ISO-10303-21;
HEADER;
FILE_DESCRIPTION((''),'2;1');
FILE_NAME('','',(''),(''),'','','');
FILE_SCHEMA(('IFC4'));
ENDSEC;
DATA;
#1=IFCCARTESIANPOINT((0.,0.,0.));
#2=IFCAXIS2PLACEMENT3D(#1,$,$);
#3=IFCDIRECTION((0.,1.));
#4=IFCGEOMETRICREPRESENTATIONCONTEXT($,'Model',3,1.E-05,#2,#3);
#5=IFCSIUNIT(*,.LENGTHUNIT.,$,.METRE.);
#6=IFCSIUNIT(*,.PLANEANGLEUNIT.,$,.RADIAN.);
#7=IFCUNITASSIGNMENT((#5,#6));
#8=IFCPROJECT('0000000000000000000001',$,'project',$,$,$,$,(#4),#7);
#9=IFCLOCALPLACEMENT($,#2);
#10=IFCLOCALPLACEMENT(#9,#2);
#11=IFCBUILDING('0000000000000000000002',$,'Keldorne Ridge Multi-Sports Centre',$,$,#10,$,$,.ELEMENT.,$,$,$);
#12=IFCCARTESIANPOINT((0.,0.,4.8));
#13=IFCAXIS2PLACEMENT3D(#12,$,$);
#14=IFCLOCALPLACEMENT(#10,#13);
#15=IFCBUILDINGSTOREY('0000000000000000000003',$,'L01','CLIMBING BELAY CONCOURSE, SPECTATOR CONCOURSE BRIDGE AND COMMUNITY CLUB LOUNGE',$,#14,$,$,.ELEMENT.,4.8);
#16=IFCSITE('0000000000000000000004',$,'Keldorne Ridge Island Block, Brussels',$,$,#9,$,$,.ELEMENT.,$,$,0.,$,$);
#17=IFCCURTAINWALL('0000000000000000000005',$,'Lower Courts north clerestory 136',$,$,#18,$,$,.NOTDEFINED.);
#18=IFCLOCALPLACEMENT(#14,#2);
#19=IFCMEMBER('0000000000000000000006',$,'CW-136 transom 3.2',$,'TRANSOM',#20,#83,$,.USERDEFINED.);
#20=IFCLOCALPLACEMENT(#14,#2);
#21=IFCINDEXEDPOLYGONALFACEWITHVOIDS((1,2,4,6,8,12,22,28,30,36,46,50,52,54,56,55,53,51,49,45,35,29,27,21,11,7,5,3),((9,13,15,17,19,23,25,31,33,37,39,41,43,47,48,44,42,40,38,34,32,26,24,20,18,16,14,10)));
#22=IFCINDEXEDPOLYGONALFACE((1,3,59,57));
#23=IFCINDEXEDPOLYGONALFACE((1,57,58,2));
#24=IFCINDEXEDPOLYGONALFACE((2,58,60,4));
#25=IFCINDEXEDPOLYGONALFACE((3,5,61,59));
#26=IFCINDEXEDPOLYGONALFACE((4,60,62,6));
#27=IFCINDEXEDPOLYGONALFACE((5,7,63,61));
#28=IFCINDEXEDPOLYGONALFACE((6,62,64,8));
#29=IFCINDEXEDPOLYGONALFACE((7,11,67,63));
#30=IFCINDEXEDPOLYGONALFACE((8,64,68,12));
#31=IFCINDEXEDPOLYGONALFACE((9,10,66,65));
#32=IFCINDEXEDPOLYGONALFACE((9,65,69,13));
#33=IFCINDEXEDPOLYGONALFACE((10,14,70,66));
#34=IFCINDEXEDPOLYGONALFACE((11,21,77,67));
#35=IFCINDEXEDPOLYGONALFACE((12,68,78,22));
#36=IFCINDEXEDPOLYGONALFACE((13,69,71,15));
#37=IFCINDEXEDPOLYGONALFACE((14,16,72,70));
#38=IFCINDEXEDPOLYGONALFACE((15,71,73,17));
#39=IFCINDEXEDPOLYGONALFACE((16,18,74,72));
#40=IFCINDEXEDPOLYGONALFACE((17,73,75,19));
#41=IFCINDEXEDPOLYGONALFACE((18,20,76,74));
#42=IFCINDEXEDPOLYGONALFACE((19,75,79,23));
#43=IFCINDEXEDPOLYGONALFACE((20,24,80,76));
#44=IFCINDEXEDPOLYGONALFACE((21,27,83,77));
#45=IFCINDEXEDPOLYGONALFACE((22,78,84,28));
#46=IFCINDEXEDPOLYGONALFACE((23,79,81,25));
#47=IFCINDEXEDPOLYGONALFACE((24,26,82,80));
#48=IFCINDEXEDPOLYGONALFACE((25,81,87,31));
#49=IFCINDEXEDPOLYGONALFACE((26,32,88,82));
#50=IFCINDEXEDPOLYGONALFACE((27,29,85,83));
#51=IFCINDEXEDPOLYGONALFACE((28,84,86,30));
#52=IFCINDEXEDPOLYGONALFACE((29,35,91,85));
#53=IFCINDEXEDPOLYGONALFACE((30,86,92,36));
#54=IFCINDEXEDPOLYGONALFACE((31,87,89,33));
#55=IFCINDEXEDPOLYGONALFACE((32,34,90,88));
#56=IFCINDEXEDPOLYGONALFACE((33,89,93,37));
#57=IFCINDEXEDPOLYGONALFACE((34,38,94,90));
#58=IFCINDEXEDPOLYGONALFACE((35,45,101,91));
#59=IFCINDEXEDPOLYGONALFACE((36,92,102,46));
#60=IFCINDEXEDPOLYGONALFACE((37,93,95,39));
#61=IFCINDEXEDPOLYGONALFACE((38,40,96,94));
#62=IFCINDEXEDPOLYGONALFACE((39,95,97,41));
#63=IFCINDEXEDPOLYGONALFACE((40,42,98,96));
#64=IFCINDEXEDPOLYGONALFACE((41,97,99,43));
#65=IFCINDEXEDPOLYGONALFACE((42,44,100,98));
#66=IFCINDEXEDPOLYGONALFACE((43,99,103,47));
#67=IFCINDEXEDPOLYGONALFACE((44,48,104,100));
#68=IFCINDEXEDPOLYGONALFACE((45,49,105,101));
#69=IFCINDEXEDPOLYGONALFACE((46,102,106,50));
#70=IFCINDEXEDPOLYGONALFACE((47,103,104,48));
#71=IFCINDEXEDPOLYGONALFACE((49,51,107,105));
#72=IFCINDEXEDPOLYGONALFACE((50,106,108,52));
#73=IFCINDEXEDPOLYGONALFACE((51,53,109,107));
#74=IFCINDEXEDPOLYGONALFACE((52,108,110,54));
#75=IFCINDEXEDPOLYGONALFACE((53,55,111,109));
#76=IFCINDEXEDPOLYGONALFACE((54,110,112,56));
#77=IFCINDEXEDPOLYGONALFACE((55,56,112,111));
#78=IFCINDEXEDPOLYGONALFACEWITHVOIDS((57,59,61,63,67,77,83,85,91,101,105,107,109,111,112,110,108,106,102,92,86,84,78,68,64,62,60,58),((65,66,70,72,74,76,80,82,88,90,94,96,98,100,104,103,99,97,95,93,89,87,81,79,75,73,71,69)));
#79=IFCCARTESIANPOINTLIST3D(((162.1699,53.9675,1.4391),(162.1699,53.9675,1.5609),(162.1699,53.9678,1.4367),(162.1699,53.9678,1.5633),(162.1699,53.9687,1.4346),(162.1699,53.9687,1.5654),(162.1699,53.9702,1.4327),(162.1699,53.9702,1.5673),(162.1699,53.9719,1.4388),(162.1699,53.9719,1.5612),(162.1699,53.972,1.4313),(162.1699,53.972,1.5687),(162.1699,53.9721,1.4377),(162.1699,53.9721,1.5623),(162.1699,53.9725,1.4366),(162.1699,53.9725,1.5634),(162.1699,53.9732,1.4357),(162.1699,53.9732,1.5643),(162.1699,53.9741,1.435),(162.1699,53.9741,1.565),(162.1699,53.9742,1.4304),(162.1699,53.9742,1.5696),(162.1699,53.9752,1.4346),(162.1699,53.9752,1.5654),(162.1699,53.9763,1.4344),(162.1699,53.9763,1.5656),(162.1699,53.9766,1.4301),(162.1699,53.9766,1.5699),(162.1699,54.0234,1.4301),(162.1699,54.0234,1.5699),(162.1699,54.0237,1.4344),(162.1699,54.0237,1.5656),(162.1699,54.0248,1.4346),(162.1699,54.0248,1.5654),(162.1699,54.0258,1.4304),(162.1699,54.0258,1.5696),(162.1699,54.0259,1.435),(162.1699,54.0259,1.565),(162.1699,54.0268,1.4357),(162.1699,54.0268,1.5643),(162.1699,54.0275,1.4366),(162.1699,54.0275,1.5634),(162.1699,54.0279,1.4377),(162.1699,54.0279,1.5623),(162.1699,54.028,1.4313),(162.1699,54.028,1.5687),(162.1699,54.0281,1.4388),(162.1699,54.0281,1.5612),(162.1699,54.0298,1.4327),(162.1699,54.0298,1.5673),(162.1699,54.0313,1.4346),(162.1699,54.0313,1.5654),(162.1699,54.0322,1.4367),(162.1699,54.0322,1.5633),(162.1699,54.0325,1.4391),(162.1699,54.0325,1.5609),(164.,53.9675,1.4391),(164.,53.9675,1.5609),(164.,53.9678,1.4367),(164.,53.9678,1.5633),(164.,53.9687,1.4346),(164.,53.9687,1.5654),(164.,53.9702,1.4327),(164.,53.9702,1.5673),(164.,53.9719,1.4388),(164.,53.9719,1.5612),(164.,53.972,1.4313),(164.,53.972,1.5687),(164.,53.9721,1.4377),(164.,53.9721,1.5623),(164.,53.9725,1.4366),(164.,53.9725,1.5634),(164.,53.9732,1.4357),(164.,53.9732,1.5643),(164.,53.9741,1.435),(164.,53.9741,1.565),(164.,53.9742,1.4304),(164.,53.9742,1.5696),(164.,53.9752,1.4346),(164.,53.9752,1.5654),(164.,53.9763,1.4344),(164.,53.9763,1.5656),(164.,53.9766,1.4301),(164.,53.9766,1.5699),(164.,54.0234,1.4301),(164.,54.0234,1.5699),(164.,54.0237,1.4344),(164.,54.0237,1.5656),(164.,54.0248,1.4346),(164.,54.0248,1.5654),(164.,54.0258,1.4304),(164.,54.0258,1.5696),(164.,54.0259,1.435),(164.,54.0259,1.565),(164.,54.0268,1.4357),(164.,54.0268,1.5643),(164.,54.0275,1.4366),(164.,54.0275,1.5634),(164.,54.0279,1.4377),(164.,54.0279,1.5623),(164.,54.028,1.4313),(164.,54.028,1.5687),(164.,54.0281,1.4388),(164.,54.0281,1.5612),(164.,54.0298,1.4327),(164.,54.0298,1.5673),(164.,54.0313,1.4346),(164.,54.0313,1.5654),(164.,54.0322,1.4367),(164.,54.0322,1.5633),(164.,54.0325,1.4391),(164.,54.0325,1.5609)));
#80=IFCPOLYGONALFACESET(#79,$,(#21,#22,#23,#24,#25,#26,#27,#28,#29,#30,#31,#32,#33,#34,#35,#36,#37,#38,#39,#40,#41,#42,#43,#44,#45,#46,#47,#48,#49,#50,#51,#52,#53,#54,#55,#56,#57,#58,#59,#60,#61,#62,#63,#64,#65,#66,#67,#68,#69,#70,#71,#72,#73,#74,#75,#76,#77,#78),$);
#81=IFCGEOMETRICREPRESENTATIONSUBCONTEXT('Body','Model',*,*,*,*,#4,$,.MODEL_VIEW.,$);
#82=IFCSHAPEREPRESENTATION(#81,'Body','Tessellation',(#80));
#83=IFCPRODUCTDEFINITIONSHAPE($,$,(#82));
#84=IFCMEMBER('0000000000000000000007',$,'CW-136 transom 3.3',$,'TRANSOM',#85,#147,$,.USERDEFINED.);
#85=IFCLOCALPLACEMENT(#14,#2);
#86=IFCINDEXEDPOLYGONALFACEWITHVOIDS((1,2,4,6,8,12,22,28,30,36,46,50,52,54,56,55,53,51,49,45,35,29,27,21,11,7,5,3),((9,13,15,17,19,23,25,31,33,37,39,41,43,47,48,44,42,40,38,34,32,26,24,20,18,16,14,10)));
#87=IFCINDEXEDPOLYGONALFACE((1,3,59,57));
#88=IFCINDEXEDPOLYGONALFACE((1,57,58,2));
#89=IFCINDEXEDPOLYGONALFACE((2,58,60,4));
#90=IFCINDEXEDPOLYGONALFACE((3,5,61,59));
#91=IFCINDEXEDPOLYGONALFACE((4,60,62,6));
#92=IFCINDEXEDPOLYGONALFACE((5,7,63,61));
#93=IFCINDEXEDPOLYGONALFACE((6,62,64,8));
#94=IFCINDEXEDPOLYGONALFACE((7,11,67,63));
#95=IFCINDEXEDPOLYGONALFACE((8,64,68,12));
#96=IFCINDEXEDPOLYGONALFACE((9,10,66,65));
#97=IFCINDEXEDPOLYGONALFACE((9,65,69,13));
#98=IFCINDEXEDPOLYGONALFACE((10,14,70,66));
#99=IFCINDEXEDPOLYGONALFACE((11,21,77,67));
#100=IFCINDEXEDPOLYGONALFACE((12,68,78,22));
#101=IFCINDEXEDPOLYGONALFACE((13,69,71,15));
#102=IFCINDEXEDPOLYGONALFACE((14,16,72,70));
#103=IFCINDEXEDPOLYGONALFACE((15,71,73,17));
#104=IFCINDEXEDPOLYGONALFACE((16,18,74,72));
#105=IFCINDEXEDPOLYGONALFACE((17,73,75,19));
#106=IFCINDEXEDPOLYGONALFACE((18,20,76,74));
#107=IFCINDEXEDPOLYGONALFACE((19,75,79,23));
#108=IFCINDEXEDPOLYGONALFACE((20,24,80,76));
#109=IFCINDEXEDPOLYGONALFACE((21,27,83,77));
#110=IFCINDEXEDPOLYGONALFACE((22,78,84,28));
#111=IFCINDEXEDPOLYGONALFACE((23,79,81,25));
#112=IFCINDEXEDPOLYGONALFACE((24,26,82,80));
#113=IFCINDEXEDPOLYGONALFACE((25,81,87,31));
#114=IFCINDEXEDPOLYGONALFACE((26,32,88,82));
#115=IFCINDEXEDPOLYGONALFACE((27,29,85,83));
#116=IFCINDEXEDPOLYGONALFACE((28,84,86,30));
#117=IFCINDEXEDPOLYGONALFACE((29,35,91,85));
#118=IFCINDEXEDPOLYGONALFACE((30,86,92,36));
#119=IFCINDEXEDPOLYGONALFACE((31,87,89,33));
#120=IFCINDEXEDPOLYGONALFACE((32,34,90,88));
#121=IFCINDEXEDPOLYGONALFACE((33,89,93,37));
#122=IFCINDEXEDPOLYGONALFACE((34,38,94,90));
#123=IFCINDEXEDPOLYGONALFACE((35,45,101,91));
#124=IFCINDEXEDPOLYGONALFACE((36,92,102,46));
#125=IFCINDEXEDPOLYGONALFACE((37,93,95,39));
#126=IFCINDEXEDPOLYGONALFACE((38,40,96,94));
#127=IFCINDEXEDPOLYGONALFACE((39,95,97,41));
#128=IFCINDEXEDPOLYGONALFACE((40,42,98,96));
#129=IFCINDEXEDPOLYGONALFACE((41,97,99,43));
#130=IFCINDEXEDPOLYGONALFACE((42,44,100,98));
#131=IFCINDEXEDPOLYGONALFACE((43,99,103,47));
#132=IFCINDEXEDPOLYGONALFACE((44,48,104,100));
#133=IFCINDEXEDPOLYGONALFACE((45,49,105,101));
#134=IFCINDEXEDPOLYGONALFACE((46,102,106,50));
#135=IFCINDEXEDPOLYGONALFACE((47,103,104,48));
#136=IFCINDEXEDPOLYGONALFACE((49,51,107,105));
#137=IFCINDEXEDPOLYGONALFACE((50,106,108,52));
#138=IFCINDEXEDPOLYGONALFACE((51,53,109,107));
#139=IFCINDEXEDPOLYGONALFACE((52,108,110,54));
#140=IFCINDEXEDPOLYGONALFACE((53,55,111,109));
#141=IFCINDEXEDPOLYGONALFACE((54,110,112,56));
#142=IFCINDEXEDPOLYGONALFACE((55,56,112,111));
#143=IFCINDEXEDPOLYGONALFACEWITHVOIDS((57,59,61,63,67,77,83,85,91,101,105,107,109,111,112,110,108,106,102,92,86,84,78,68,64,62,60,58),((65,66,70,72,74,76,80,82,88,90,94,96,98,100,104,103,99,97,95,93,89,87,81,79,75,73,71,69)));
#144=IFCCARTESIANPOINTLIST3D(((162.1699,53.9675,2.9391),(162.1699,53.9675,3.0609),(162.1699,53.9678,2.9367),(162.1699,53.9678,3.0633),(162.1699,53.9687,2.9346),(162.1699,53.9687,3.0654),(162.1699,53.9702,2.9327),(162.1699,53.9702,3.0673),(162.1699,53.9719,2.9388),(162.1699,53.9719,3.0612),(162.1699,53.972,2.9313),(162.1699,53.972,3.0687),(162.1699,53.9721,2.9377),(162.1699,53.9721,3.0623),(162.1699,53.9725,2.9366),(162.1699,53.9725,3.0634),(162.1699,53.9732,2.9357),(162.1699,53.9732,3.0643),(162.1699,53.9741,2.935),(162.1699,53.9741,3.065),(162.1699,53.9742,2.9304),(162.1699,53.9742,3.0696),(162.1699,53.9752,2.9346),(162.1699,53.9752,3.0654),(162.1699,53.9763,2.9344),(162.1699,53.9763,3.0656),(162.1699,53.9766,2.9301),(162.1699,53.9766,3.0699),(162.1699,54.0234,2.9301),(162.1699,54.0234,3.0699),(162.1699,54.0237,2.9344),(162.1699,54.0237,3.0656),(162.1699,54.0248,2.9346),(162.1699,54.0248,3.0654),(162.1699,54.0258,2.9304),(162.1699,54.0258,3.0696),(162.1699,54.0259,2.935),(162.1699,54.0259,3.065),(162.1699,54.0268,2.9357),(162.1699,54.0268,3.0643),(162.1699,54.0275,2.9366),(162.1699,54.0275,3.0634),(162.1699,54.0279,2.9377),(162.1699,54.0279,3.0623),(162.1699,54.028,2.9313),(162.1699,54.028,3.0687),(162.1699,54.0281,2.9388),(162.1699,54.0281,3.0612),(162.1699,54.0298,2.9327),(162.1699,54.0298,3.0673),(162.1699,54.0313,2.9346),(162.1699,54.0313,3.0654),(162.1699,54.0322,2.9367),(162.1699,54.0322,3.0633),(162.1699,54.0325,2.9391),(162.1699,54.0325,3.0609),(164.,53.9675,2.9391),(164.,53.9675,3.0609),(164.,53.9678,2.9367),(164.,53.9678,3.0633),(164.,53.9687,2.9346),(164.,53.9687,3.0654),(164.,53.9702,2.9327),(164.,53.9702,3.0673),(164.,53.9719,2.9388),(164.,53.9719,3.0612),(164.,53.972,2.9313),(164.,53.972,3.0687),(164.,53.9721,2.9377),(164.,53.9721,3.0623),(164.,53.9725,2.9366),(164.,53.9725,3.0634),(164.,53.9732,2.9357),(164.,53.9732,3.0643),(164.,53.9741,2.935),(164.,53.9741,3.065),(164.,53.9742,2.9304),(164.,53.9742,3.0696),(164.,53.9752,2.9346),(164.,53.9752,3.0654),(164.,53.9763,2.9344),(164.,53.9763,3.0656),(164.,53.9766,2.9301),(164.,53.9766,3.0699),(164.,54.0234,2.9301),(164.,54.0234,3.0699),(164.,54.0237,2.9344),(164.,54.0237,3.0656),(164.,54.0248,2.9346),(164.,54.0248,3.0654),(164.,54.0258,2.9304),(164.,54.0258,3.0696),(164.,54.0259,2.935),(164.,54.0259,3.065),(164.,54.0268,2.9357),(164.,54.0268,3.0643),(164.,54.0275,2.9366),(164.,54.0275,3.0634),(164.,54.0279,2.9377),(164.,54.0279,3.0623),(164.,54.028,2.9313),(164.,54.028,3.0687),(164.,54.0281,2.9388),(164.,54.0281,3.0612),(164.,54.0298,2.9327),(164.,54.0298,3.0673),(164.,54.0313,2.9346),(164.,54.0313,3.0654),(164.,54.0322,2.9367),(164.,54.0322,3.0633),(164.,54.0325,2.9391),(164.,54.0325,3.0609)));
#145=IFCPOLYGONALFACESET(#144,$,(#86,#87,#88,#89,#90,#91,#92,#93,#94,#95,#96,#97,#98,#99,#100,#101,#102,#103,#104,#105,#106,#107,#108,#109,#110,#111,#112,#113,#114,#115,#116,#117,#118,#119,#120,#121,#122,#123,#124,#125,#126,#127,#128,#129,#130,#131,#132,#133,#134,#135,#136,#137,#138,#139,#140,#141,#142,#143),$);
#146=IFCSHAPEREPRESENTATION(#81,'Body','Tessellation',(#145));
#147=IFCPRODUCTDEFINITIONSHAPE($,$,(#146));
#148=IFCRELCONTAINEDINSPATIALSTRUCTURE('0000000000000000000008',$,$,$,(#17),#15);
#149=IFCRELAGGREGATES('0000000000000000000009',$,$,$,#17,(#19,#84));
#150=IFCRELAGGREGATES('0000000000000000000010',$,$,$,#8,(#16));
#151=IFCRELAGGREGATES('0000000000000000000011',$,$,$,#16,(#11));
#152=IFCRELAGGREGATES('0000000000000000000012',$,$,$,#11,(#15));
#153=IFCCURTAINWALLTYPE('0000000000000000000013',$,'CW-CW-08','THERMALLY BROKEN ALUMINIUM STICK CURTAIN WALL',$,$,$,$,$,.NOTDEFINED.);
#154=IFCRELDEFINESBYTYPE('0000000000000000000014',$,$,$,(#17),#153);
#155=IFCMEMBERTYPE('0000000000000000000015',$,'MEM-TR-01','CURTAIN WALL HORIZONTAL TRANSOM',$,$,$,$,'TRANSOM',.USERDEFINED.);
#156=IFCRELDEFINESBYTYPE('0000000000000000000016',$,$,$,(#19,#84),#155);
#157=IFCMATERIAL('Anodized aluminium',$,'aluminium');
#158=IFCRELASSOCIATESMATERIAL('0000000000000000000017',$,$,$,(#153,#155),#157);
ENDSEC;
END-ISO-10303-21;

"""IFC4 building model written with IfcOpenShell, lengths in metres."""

from ifc_helpers import new_model, si_unit, direction, frame, origin, origin_2d, place, context, subcontext, project, spatial, hollow_rectangle, extrude, material, material_profile, profile_set, type_object, element, aggregate, save


model = new_model("IFC4")

# Units and contexts
model_context = context("Model", 3, precision=1e-05, world=origin(), true_north=direction((0.0, 1.0)))
body_context = subcontext(model_context, "Body", "Model", "MODEL_VIEW")
ifc_project = project(units=[si_unit("LENGTHUNIT", "METRE"), si_unit("PLANEANGLEUNIT", "RADIAN")], contexts=[model_context])

# Site, building, storey
site_placement = place(None, origin())
site = spatial("IfcSite", under=ifc_project, at=site_placement, Name="Keldorne Ridge Island Block, Brussels", CompositionType="ELEMENT", RefElevation=0.0)
building_placement = place(site_placement, origin())
building = spatial("IfcBuilding", under=site, at=building_placement, Name="Keldorne Ridge Multi-Sports Centre", CompositionType="ELEMENT")
storey_placement = place(building_placement, frame((0.0, 0.0, 4.8)))
storey = spatial("IfcBuildingStorey", under=building, at=storey_placement, Name="L01", Description="CLIMBING BELAY CONCOURSE, SPECTATOR CONCOURSE BRIDGE AND COMMUNITY CLUB LOUNGE", CompositionType="ELEMENT", Elevation=4.8)

# Curtain wall
ifc_material_1 = material(Name="Anodized aluminium", Category="aluminium")
curtain_wall_type_1 = type_object("IfcCurtainWallType", Name="CW-CW-08", Description="THERMALLY BROKEN ALUMINIUM STICK CURTAIN WALL", PredefinedType="NOTDEFINED", material=ifc_material_1)
curtain_wall_1_placement = place(storey_placement, origin())
curtain_wall_1 = element("IfcCurtainWall", 1, at=curtain_wall_1_placement, inside=storey, type_object=curtain_wall_type_1, Name="Lower Courts north clerestory 136", PredefinedType="NOTDEFINED")

# Shared definitions
ifc_material_profile_1 = material_profile(ifc_material_1, hollow_rectangle(XDim=0.0649, YDim=0.1399, WallThickness=0.0044, InnerFilletRadius=0.0044, OuterFilletRadius=0.009, at=origin_2d()), Name="ALU TRANSOM 140x65x4.5")
ifc_profile_set_1 = profile_set([ifc_material_profile_1], Name="Anodized aluminium")
member_type_1 = type_object("IfcMemberType", Name="MEM-TR-01", Description="CURTAIN WALL HORIZONTAL TRANSOM", ElementType="TRANSOM", PredefinedType="USERDEFINED", material=ifc_profile_set_1)

# Members
member_1_placement = place(storey_placement, frame((164.0, 54.0, 1.5), z_axis=(-1.0, 0.0, 0.0), x_axis=(0.0, -1.0, 0.0)))
member_1 = element("IfcMember", 2, at=member_1_placement, type_object=member_type_1, Name="CW-136 transom 3.2", ObjectType="TRANSOM", PredefinedType="USERDEFINED", context=body_context, shape_type="SweptSolid", body=[
    extrude(hollow_rectangle(XDim=0.0649, YDim=0.1399, WallThickness=0.0044, InnerFilletRadius=0.0044, OuterFilletRadius=0.009, at=origin_2d()), origin(), (0.0, 0.0, 1.0), 1.8301),
])
member_2_placement = place(storey_placement, frame((164.0, 54.0, 3.0), z_axis=(-1.0, 0.0, 0.0), x_axis=(0.0, -1.0, 0.0)))
member_2 = element("IfcMember", 3, at=member_2_placement, type_object=member_type_1, Name="CW-136 transom 3.3", ObjectType="TRANSOM", PredefinedType="USERDEFINED", context=body_context, shape_type="SweptSolid", body=[
    extrude(hollow_rectangle(XDim=0.0649, YDim=0.1399, WallThickness=0.0044, InnerFilletRadius=0.0044, OuterFilletRadius=0.009, at=origin_2d()), origin(), (0.0, 0.0, 1.0), 1.8301),
])

aggregate(curtain_wall_1, [member_1, member_2])

save(model, "model.ifc")
